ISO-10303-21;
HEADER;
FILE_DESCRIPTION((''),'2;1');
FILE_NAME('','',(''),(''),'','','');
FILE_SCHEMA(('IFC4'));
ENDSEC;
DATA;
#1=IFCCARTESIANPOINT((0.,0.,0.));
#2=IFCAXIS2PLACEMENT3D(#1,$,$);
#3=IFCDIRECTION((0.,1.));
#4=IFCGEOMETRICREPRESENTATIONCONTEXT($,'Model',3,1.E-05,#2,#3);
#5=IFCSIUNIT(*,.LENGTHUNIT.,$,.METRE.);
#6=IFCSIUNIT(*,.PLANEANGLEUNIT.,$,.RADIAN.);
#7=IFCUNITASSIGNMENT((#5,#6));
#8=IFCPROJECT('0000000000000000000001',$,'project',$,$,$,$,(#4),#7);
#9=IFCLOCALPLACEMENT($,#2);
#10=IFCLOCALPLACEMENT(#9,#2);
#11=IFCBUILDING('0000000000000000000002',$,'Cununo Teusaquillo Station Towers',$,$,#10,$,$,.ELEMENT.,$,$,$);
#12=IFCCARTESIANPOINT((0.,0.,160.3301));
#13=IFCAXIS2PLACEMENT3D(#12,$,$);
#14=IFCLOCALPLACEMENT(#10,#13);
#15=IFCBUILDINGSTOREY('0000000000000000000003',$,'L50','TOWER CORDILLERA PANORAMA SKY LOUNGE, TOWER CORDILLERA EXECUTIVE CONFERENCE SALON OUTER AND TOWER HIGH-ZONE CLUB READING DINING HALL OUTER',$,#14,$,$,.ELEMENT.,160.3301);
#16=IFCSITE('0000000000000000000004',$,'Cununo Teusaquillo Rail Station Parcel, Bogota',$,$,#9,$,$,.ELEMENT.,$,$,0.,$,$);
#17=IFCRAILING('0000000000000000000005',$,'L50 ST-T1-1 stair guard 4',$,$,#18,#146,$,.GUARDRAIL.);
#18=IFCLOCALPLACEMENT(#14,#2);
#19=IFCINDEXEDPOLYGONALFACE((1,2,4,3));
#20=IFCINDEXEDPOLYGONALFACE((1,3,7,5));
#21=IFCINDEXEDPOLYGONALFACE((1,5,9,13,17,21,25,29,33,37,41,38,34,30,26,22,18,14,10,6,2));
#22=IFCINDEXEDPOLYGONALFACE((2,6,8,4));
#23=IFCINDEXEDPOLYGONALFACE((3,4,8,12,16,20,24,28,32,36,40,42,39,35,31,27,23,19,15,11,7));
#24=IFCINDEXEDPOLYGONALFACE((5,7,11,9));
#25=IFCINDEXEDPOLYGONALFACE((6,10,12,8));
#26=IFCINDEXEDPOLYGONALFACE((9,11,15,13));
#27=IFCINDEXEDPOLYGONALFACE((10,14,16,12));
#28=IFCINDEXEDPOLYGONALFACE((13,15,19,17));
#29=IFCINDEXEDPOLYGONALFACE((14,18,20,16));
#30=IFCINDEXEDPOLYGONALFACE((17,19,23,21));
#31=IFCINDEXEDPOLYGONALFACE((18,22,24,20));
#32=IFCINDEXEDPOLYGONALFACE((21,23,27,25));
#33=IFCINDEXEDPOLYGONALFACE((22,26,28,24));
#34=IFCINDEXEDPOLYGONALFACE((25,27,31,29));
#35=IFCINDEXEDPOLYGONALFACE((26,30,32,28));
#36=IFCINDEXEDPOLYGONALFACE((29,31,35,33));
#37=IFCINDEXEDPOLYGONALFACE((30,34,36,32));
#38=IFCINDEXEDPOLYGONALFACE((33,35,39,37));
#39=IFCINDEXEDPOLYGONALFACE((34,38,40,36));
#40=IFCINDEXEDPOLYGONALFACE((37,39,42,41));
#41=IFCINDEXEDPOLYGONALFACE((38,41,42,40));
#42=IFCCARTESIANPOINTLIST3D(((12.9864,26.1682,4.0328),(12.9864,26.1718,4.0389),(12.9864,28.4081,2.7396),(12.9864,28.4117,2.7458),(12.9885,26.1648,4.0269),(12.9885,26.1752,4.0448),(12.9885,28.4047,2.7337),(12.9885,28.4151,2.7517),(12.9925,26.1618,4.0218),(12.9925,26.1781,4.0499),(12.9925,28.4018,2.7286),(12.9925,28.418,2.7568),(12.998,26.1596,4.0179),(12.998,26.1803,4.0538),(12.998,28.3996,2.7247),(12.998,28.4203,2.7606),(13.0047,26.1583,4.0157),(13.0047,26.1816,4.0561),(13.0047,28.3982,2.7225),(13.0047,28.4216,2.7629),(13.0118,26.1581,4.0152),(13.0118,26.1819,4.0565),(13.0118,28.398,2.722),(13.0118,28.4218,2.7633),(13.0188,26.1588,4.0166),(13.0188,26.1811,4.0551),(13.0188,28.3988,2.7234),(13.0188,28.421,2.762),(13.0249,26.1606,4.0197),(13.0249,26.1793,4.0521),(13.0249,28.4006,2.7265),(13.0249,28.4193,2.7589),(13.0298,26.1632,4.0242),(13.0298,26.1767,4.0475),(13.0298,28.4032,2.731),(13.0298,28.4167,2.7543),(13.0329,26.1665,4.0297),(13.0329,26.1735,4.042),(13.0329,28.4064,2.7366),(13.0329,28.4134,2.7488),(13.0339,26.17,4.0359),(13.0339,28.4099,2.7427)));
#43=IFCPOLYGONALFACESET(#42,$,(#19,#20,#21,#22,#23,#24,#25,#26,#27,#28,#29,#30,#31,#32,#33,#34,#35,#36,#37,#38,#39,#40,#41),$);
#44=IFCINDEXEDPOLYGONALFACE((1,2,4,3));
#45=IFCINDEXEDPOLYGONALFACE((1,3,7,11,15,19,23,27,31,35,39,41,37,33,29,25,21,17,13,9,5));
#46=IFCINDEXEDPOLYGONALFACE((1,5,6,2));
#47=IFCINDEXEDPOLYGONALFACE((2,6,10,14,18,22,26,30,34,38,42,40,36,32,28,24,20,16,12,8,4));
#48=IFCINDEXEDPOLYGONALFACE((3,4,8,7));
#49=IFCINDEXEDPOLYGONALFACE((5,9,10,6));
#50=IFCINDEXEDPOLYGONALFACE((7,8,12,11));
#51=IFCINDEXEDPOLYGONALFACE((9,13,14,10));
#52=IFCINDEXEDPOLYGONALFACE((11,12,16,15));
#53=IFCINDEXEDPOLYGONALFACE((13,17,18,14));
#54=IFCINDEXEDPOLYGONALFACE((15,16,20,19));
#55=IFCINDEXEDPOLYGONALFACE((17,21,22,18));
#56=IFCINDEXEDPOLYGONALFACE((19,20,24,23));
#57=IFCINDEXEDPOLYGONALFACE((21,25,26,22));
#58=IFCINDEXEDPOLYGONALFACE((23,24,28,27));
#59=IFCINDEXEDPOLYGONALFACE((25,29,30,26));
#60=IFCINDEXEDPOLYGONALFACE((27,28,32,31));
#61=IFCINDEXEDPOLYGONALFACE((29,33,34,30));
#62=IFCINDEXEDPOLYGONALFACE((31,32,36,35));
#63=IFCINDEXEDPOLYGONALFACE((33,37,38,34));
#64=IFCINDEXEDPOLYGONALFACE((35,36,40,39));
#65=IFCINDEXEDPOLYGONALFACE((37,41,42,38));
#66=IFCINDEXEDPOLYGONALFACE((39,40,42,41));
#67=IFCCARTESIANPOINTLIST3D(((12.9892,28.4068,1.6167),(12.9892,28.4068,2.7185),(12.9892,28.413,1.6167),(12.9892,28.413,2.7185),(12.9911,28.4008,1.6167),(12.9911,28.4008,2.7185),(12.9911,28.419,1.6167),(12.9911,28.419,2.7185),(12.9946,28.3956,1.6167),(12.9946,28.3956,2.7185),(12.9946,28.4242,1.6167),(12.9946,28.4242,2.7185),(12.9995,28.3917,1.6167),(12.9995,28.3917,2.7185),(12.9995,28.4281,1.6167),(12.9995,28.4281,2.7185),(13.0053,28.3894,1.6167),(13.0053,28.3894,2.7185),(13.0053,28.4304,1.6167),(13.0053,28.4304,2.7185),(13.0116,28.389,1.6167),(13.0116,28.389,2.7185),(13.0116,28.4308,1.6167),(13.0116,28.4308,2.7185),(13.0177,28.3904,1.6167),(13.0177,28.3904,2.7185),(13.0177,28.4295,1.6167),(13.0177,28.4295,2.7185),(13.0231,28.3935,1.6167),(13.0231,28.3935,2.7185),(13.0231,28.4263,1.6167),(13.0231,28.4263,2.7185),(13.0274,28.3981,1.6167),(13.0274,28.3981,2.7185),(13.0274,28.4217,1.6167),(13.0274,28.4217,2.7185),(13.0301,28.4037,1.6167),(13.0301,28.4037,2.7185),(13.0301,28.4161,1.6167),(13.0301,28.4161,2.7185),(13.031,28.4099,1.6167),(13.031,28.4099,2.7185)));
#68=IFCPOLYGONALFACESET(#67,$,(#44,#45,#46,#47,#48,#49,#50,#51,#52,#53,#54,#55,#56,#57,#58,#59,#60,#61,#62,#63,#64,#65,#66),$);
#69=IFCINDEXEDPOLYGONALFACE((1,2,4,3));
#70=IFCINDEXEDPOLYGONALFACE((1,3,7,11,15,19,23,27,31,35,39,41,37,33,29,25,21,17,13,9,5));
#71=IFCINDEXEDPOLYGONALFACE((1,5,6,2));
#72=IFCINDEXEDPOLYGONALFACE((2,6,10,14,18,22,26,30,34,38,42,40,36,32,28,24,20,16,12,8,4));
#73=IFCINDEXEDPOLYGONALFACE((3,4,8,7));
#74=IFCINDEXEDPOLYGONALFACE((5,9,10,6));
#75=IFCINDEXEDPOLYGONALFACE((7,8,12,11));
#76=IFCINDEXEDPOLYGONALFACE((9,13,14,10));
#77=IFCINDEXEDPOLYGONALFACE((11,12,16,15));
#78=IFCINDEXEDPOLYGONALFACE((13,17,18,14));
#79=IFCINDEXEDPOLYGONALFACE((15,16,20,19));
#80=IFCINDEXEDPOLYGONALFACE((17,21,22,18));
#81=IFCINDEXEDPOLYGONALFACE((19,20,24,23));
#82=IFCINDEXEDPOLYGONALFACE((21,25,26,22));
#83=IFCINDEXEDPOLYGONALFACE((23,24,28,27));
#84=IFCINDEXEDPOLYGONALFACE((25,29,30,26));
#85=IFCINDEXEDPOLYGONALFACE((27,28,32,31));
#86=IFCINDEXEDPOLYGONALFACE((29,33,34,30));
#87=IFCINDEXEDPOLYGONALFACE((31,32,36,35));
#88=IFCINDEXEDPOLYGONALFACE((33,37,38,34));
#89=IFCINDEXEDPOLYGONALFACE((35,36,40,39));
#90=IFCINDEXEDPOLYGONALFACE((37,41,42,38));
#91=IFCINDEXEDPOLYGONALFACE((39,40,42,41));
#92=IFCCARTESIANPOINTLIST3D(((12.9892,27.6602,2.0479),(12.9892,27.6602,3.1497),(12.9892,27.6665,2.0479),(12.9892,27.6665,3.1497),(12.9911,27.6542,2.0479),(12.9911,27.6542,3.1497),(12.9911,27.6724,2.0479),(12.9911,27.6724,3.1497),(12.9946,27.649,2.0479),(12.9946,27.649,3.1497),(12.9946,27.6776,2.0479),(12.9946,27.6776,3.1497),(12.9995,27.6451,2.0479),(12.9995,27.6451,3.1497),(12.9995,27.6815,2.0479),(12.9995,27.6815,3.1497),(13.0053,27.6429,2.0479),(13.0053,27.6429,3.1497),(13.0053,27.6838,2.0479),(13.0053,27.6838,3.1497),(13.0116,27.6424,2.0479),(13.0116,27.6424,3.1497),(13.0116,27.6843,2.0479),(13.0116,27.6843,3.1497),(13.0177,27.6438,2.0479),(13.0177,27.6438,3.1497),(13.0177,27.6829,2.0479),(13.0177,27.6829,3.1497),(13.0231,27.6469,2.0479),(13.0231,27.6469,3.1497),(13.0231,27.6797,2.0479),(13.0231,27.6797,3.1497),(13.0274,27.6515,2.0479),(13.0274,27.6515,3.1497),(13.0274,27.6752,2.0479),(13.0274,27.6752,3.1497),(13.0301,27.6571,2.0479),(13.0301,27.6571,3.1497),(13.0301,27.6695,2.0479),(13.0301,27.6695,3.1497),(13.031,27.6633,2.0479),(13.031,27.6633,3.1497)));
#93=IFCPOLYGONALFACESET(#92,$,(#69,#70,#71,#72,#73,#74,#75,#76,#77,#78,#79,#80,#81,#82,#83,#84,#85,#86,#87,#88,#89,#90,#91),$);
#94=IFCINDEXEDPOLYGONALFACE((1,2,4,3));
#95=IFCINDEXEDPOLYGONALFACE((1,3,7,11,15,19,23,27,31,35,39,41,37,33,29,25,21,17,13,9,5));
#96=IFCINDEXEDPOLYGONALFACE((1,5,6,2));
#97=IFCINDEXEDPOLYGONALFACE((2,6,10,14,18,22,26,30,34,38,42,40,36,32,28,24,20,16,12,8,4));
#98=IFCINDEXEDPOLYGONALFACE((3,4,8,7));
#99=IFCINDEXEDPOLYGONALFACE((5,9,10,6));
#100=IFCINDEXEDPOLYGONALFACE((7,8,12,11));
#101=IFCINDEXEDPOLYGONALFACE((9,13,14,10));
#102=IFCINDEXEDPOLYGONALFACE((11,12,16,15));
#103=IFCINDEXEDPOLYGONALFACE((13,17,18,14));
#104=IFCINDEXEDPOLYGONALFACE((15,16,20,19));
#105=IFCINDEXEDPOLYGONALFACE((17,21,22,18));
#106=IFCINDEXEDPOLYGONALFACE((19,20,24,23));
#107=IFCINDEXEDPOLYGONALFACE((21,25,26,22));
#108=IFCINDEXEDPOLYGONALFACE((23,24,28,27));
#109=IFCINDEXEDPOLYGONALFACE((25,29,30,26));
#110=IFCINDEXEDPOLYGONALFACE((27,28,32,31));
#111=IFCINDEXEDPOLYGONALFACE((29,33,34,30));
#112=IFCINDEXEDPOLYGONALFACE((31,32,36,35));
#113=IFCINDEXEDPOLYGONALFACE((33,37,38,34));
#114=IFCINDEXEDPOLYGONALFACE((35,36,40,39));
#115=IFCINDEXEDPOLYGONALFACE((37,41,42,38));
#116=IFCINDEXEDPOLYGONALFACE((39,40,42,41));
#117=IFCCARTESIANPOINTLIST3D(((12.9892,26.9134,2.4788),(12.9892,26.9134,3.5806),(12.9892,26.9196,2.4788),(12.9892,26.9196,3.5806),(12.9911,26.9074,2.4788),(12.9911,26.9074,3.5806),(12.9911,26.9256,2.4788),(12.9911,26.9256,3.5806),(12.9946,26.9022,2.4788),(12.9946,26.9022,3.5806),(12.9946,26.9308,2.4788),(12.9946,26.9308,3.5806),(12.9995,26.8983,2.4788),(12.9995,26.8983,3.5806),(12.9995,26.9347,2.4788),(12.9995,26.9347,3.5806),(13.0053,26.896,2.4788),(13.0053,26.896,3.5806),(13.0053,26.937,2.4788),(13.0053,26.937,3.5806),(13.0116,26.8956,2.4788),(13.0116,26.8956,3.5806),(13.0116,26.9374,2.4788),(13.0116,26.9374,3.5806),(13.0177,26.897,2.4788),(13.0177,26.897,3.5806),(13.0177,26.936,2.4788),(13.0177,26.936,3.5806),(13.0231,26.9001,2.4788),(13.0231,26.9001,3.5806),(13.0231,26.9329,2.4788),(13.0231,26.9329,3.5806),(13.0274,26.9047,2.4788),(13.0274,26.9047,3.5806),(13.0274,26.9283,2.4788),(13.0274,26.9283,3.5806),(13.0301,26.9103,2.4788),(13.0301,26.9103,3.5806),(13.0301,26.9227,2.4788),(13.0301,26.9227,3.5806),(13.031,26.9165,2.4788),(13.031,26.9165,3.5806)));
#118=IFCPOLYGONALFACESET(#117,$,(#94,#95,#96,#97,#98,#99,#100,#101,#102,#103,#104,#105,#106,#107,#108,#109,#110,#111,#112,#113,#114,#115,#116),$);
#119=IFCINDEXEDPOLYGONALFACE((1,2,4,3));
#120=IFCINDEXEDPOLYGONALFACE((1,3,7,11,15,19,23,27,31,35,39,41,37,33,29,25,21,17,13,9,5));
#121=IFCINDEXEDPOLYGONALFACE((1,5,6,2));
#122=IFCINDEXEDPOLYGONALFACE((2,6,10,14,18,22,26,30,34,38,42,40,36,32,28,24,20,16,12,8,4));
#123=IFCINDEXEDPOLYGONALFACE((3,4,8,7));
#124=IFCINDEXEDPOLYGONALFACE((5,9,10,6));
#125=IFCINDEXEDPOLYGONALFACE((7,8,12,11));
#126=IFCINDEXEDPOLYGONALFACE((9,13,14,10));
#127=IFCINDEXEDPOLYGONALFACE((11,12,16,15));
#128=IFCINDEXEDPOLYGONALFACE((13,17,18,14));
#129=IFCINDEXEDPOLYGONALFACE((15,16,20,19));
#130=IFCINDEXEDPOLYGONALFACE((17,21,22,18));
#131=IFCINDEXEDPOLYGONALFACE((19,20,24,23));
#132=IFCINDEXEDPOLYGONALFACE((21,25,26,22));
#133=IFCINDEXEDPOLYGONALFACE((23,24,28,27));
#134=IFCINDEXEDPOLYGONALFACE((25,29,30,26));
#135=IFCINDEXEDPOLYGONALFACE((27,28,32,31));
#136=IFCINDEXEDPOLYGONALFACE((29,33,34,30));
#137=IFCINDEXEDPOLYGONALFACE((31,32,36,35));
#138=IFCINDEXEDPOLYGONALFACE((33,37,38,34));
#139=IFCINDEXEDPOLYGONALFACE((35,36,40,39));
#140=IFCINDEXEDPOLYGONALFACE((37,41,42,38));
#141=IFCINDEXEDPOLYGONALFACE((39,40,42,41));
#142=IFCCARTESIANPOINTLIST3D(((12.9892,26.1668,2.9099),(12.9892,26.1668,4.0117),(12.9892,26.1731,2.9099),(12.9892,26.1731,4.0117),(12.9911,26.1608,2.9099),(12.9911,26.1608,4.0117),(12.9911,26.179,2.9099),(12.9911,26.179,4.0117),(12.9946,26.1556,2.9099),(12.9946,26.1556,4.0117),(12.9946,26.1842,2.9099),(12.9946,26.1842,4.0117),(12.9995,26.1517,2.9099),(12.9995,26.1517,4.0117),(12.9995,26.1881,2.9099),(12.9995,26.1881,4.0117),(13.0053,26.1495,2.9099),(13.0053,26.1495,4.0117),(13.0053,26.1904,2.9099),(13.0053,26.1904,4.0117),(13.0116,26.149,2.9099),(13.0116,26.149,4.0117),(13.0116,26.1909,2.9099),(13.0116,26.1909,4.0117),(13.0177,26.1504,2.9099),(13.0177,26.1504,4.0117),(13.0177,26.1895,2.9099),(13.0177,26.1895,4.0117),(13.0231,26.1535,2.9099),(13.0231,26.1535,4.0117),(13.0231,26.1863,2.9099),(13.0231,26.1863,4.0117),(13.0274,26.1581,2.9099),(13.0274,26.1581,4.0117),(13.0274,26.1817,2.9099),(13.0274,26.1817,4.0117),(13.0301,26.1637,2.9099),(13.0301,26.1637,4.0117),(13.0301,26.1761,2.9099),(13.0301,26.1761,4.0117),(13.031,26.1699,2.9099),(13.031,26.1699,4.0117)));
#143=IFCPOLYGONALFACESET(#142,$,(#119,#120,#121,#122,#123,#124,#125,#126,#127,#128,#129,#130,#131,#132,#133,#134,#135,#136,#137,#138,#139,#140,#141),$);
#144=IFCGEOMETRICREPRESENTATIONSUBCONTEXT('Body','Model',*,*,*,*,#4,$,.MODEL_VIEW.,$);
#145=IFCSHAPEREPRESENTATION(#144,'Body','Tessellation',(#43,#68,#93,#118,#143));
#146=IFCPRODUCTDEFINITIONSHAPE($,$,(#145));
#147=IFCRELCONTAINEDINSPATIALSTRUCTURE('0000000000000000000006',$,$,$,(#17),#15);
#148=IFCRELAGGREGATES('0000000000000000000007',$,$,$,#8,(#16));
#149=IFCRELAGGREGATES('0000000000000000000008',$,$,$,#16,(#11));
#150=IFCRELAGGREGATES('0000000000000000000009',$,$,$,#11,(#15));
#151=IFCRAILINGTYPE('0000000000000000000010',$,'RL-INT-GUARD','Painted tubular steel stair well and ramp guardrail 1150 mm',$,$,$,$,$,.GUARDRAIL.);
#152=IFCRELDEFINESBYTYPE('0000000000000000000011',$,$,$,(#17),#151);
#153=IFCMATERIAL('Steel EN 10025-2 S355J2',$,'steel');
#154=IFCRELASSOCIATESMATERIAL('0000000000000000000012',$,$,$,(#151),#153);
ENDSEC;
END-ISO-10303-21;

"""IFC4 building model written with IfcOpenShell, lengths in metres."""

from ifc_helpers import new_model, si_unit, direction, frame, origin, origin_2d, place, context, subcontext, project, spatial, circle, extrude, material, type_object, element, save


model = new_model("IFC4")

# Units and contexts
model_context = context("Model", 3, precision=1e-05, world=origin(), true_north=direction((0.0, 1.0)))
body_context = subcontext(model_context, "Body", "Model", "MODEL_VIEW")
ifc_project = project(units=[si_unit("LENGTHUNIT", "METRE"), si_unit("PLANEANGLEUNIT", "RADIAN")], contexts=[model_context])

# Site, building, storey
site_placement = place(None, origin())
site = spatial("IfcSite", under=ifc_project, at=site_placement, Name="Cununo Teusaquillo Rail Station Parcel, Bogota", CompositionType="ELEMENT", RefElevation=0.0)
building_placement = place(site_placement, origin())
building = spatial("IfcBuilding", under=site, at=building_placement, Name="Cununo Teusaquillo Station Towers", CompositionType="ELEMENT")
storey_placement = place(building_placement, frame((0.0, 0.0, 160.3301)))
storey = spatial("IfcBuildingStorey", under=building, at=storey_placement, Name="L50", Description="TOWER CORDILLERA PANORAMA SKY LOUNGE, TOWER CORDILLERA EXECUTIVE CONFERENCE SALON OUTER AND TOWER HIGH-ZONE CLUB READING DINING HALL OUTER", CompositionType="ELEMENT", Elevation=160.3301)

# Railing
ifc_material_1 = material(Name="Steel EN 10025-2 S355J2", Category="steel")
railing_type_1 = type_object("IfcRailingType", Name="RL-INT-GUARD", Description="Painted tubular steel stair well and ramp guardrail 1150 mm", PredefinedType="GUARDRAIL", material=ifc_material_1)
railing_1_placement = place(storey_placement, frame((13.01, 28.4099, 1.6167)))
element("IfcRailing", 1, at=railing_1_placement, inside=storey, type_object=railing_type_1, Name="L50 ST-T1-1 stair guard 4", PredefinedType="GUARDRAIL", context=body_context, shape_type="SweptSolid", body=[
    extrude(circle(Radius=0.0239, at=origin_2d()), frame((0.0, 0.0, 1.126), z_axis=(0.0, -0.866033, 0.499987), x_axis=(1.0, 0.0, 0.0)), (0.0, 0.0, 1.0), 2.5864),
    extrude(circle(Radius=0.021, at=origin_2d()), origin(), (0.0, 0.0, 1.0), 1.1018),
    extrude(circle(Radius=0.021, at=origin_2d()), frame((0.0, -0.7466, 0.4312)), (0.0, 0.0, 1.0), 1.1018),
    extrude(circle(Radius=0.021, at=origin_2d()), frame((0.0, -1.4934, 0.8621)), (0.0, 0.0, 1.0), 1.1018),
    extrude(circle(Radius=0.021, at=origin_2d()), frame((0.0, -2.24, 1.2932)), (0.0, 0.0, 1.0), 1.1018),
])

save(model, "model.ifc")
